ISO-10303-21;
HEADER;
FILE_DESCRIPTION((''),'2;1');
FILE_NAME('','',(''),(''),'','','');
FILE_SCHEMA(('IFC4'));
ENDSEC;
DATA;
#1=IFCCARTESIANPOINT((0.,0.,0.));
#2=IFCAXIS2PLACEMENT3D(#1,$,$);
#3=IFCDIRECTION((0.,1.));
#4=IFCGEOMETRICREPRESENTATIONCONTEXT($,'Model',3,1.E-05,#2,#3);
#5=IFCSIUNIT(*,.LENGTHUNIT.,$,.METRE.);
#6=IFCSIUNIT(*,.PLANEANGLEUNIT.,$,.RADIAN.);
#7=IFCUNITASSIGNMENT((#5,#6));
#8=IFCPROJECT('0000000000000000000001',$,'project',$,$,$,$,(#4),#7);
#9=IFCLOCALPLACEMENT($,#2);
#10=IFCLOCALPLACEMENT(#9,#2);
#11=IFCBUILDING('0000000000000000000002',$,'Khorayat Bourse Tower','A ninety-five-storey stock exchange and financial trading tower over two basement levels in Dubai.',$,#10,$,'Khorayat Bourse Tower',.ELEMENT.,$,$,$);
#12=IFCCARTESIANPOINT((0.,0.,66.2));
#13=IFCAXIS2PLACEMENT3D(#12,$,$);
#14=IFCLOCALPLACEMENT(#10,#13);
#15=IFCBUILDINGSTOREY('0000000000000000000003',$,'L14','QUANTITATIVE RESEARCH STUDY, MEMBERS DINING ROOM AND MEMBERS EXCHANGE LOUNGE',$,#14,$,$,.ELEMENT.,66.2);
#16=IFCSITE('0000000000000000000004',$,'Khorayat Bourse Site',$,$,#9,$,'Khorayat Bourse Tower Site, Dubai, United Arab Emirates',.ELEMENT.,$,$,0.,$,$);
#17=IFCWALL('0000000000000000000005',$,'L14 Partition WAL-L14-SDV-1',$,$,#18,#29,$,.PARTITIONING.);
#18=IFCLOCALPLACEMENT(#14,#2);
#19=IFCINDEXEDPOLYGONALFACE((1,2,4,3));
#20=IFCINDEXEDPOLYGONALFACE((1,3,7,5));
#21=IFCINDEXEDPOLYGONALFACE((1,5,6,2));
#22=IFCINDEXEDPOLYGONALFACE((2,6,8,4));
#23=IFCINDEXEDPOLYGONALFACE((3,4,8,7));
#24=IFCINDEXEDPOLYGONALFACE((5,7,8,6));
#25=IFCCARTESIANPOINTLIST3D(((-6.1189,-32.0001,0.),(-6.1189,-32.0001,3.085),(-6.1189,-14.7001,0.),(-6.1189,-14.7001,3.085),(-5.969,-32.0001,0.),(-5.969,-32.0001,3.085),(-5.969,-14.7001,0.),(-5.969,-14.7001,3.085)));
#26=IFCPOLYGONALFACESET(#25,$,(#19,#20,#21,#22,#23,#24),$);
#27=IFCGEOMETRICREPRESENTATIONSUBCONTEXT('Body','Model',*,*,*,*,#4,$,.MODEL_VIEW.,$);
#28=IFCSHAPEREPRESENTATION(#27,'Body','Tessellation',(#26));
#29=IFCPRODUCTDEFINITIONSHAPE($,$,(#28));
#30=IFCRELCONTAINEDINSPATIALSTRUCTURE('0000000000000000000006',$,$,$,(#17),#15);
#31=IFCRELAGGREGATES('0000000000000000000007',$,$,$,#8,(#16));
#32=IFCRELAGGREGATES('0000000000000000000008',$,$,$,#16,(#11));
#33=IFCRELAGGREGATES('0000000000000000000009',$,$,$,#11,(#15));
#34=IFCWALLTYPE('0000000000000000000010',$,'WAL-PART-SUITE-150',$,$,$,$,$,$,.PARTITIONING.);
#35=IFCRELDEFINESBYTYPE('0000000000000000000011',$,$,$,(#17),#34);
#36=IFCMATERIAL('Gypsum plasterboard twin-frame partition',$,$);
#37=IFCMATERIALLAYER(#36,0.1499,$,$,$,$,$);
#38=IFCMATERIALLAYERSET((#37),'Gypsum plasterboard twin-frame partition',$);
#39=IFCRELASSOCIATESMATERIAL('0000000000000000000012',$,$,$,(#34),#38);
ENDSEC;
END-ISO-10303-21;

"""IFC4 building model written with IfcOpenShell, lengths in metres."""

from ifc_helpers import new_model, si_unit, direction, frame, frame_2d, origin, place, context, subcontext, project, spatial, rectangle, extrude, source, transform, mapped, material, layer, layer_set, type_object, element, save


model = new_model("IFC4")

# Units and contexts
model_context = context("Model", 3, precision=1e-05, world=origin(), true_north=direction((0.0, 1.0)))
body_context = subcontext(model_context, "Body", "Model", "MODEL_VIEW")
ifc_project = project(units=[si_unit("LENGTHUNIT", "METRE"), si_unit("PLANEANGLEUNIT", "RADIAN")], contexts=[model_context])

# Site, building, storey
site_placement = place(None, origin())
site = spatial("IfcSite", under=ifc_project, at=site_placement, Name="Khorayat Bourse Site", LongName="Khorayat Bourse Tower Site, Dubai, United Arab Emirates", CompositionType="ELEMENT", RefElevation=0.0)
building_placement = place(site_placement, origin())
building = spatial("IfcBuilding", under=site, at=building_placement, Name="Khorayat Bourse Tower", Description="A ninety-five-storey stock exchange and financial trading tower over two basement levels in Dubai.", LongName="Khorayat Bourse Tower", CompositionType="ELEMENT")
storey_placement = place(building_placement, frame((0.0, 0.0, 66.2)))
storey = spatial("IfcBuildingStorey", under=building, at=storey_placement, Name="L14", Description="QUANTITATIVE RESEARCH STUDY, MEMBERS DINING ROOM AND MEMBERS EXCHANGE LOUNGE", CompositionType="ELEMENT", Elevation=66.2)

# Shared definitions
ifc_material_1 = material(Name="Gypsum plasterboard twin-frame partition")
ifc_layer_1 = layer(ifc_material_1, 0.1499)
ifc_layer_set_1 = layer_set([ifc_layer_1], Name="Gypsum plasterboard twin-frame partition")
wall_type_1 = type_object("IfcWallType", Name="WAL-PART-SUITE-150", PredefinedType="PARTITIONING", material=ifc_layer_set_1)

# Wall
shared_shape_1 = source(origin(), body_context, "Body", "SweptSolid", [
    extrude(rectangle(XDim=17.3, YDim=0.1499, at=frame_2d((8.6499, 0.0))), origin(), (0.0, 0.0, 1.0), 3.085),
])
wall_1_placement = place(storey_placement, frame((-6.0439, -32.0, 0.0), z_axis=(0.0, 0.0, 1.0), x_axis=(0.0, 1.0, 0.0)))
element("IfcWall", 1, at=wall_1_placement, inside=storey, type_object=wall_type_1, Name="L14 Partition WAL-L14-SDV-1", PredefinedType="PARTITIONING", context=body_context, shape_type="MappedRepresentation", body=[
    mapped(shared_shape_1, transform((0.0, 0.0, 0.0), scale=1.0)),
])

save(model, "model.ifc")
